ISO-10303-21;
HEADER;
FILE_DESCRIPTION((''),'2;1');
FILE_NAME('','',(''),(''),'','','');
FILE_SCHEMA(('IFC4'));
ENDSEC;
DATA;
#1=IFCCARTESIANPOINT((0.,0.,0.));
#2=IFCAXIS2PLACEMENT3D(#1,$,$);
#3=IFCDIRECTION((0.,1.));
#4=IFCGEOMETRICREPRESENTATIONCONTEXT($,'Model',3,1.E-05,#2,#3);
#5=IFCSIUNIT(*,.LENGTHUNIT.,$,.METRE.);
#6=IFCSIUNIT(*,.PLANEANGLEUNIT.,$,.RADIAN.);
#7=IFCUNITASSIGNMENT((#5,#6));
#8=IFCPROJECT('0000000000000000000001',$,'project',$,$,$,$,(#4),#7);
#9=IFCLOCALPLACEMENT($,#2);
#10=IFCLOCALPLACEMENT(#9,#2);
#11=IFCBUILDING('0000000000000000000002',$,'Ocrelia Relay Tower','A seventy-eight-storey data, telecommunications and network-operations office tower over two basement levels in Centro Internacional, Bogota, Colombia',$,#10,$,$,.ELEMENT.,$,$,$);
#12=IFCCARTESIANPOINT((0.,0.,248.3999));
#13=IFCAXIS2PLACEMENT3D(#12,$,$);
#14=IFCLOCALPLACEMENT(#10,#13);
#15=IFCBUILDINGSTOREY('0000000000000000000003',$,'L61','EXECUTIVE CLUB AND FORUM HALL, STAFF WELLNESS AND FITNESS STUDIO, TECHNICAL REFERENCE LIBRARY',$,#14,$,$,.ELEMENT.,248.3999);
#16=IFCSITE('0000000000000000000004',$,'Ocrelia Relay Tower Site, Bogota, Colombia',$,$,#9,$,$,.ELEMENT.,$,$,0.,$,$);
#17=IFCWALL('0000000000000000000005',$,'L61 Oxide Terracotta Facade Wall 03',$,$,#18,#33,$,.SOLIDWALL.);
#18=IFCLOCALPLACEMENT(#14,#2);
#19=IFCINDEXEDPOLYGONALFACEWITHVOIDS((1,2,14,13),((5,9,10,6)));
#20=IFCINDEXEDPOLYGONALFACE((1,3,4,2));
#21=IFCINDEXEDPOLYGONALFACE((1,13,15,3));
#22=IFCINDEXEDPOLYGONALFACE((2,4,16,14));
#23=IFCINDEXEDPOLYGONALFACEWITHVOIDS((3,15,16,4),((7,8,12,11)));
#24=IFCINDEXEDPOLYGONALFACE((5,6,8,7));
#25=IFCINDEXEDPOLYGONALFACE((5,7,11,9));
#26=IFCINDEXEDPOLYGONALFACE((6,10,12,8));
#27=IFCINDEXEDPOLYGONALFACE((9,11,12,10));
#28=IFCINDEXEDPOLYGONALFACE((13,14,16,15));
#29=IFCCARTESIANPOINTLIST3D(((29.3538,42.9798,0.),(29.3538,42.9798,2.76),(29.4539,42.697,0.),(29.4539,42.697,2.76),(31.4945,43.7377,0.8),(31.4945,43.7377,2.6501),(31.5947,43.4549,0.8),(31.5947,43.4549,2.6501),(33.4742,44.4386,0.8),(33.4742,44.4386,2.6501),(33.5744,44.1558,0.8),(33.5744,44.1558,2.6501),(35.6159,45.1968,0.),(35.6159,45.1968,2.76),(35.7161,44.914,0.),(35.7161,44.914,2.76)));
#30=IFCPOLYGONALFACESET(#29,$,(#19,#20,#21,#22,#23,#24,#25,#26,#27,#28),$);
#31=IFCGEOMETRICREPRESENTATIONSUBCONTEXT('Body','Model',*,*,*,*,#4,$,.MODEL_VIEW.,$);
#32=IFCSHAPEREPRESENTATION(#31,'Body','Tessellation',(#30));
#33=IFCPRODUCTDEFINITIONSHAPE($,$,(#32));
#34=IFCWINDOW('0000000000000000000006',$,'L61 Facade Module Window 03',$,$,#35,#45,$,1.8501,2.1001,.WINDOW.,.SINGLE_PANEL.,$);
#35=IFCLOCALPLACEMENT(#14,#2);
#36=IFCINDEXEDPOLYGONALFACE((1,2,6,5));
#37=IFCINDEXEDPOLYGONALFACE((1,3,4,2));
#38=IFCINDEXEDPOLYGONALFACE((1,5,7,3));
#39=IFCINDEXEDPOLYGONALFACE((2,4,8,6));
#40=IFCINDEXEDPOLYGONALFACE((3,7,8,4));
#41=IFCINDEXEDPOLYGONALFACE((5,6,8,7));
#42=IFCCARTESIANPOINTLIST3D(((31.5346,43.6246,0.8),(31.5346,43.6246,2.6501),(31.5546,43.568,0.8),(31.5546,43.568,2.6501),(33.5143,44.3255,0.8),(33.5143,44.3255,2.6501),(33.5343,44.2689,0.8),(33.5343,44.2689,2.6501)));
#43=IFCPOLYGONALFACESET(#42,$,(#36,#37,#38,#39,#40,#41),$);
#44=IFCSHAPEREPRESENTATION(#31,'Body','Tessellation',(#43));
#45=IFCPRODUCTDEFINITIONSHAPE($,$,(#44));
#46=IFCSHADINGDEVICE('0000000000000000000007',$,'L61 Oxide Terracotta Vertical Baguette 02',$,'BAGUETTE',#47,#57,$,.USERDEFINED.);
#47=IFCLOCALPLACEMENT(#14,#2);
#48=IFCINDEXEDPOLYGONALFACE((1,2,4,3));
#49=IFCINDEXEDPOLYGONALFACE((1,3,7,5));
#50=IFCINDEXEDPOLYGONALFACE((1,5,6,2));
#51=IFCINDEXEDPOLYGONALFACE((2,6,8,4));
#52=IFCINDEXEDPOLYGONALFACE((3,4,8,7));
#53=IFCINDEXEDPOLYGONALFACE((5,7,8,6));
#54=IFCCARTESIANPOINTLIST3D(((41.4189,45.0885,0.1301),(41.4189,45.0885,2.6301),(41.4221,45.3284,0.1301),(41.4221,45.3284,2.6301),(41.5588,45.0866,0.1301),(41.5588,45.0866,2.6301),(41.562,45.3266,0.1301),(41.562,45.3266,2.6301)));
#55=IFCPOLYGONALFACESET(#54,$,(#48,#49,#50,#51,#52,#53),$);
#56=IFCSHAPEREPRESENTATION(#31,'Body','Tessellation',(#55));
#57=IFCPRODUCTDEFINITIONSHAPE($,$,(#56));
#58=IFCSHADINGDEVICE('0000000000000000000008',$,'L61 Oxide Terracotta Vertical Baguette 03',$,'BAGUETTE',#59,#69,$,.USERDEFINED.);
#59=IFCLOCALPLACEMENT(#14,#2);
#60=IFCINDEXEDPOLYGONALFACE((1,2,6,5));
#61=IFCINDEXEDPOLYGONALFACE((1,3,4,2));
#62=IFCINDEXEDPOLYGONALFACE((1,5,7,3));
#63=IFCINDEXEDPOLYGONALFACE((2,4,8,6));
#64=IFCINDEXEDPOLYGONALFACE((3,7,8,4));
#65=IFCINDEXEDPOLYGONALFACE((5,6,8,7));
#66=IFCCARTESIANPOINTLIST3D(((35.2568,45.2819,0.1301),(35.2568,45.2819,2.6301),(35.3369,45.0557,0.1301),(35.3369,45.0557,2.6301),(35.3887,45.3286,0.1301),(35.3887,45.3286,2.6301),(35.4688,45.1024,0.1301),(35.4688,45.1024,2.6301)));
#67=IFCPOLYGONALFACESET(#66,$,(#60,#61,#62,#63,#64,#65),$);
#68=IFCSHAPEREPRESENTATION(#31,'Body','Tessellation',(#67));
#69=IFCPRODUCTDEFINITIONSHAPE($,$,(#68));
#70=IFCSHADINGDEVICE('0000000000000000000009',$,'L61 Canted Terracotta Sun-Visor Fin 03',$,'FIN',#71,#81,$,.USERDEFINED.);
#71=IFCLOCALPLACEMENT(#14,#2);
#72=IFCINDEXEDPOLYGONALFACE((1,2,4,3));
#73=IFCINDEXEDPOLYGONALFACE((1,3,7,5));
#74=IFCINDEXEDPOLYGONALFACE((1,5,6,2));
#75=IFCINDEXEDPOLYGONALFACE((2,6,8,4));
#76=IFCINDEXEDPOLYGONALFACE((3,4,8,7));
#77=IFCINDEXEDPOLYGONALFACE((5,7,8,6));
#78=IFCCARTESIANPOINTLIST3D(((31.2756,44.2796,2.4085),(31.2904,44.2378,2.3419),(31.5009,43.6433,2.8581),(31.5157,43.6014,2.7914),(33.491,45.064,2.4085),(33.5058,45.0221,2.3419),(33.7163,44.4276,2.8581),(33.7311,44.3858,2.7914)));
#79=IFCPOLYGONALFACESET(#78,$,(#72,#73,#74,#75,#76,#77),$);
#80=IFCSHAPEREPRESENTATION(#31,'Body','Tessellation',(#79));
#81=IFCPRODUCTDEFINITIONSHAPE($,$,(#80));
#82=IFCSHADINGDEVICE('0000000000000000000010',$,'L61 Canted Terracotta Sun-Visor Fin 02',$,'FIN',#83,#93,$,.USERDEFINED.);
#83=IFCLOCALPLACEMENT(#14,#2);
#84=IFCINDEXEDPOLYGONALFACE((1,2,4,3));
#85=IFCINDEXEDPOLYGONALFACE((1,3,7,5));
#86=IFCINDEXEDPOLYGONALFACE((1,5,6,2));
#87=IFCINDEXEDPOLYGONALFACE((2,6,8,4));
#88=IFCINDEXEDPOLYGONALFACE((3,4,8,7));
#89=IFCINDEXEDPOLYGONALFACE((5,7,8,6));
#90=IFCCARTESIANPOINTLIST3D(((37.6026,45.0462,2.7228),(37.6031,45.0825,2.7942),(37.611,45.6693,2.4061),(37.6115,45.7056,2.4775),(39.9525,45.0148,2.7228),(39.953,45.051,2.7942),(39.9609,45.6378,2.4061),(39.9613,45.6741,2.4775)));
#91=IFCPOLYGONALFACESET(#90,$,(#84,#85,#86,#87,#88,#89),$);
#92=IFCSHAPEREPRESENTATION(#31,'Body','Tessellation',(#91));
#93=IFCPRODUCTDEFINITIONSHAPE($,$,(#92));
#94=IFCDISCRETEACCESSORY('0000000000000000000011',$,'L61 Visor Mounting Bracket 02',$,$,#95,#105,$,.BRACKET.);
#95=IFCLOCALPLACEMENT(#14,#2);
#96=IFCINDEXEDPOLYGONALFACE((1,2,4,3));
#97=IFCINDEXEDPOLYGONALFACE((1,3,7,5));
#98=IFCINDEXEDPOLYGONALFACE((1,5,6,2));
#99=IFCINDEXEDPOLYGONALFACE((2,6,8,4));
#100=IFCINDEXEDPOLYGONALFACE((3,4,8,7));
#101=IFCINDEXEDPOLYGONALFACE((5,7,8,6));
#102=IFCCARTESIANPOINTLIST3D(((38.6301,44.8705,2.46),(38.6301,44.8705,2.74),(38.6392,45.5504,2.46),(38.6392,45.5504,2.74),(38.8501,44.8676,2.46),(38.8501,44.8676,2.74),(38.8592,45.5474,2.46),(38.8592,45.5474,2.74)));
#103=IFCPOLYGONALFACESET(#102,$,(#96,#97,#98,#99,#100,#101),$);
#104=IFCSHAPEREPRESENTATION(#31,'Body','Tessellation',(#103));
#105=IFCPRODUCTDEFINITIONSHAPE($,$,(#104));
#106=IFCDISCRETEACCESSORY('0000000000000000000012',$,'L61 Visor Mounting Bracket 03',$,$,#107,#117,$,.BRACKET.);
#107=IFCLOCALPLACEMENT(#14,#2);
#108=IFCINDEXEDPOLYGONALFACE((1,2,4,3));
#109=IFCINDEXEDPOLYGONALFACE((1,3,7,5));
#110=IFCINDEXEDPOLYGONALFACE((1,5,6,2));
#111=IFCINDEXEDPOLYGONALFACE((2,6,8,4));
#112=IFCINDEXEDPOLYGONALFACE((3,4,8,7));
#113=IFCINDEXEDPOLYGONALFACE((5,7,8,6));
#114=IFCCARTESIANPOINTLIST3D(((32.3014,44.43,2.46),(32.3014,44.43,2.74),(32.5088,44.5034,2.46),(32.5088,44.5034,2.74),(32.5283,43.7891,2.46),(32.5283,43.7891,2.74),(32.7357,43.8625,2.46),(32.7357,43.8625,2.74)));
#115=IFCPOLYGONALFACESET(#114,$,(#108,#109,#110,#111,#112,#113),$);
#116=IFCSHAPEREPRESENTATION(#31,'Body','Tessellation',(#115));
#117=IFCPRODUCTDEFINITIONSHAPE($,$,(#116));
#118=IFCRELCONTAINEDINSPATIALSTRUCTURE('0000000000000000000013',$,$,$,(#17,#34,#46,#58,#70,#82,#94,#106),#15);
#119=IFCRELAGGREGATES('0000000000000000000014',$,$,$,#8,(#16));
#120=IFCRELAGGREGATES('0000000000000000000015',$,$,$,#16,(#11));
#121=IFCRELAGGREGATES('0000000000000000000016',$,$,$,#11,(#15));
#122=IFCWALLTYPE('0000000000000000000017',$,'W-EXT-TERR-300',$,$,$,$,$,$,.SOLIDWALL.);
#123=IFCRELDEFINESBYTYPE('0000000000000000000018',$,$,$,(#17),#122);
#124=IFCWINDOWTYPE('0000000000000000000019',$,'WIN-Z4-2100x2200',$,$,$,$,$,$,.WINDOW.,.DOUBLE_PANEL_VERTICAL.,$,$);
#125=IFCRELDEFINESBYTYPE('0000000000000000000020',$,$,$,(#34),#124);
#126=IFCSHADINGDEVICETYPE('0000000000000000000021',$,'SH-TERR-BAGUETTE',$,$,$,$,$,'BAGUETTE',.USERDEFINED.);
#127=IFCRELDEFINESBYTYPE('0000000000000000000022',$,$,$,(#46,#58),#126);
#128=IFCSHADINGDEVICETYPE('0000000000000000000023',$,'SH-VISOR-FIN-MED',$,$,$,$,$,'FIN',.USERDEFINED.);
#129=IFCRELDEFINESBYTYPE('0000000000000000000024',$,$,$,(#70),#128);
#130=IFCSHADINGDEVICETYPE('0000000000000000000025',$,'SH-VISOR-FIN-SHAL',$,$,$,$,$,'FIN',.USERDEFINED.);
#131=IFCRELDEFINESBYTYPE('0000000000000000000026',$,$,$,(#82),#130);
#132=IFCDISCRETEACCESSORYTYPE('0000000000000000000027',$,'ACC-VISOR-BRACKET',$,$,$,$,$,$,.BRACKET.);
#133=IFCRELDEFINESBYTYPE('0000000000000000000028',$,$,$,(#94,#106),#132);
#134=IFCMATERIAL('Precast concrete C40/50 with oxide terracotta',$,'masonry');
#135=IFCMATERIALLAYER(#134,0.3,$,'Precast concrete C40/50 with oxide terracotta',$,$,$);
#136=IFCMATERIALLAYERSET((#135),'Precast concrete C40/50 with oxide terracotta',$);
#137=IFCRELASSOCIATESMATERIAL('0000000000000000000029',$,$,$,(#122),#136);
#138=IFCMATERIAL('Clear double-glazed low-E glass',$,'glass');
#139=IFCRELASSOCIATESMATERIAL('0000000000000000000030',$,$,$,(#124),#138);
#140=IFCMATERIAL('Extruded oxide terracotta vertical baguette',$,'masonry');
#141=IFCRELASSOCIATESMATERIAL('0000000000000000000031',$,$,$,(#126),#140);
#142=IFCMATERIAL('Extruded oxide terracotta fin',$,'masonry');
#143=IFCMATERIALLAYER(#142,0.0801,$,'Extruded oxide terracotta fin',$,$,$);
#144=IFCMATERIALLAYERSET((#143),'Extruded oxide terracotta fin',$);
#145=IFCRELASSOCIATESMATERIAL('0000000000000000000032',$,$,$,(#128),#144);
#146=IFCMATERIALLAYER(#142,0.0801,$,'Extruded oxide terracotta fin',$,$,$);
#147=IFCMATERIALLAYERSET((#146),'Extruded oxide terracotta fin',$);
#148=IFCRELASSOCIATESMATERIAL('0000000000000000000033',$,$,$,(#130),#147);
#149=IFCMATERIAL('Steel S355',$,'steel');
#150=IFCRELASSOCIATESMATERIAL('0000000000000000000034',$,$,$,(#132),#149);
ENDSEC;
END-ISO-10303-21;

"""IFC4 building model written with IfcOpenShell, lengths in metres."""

from ifc_helpers import new_model, si_unit, direction, frame, frame_2d, origin, origin_2d, place, context, subcontext, project, spatial, rectangle, extrude, material, layer, layer_set, type_object, element, fill, save


model = new_model("IFC4")

# Units and contexts
model_context = context("Model", 3, precision=1e-05, world=origin(), true_north=direction((0.0, 1.0)))
body_context = subcontext(model_context, "Body", "Model", "MODEL_VIEW")
ifc_project = project(units=[si_unit("LENGTHUNIT", "METRE"), si_unit("PLANEANGLEUNIT", "RADIAN")], contexts=[model_context])

# Site, building, storey
site_placement = place(None, origin())
site = spatial("IfcSite", under=ifc_project, at=site_placement, Name="Ocrelia Relay Tower Site, Bogota, Colombia", CompositionType="ELEMENT", RefElevation=0.0)
building_placement = place(site_placement, origin())
building = spatial("IfcBuilding", under=site, at=building_placement, Name="Ocrelia Relay Tower", Description="A seventy-eight-storey data, telecommunications and network-operations office tower over two basement levels in Centro Internacional, Bogota, Colombia", CompositionType="ELEMENT")
storey_placement = place(building_placement, frame((0.0, 0.0, 248.3999)))
storey = spatial("IfcBuildingStorey", under=building, at=storey_placement, Name="L61", Description="EXECUTIVE CLUB AND FORUM HALL, STAFF WELLNESS AND FITNESS STUDIO, TECHNICAL REFERENCE LIBRARY", CompositionType="ELEMENT", Elevation=248.3999)

# Shared definitions
ifc_material_1 = material(Name="Steel S355", Category="steel")

# Shared definitions
ifc_material_2 = material(Name="Clear double-glazed low-E glass", Category="glass")

# Wall, opening, window
ifc_material_3 = material(Name="Precast concrete C40/50 with oxide terracotta", Category="masonry")
ifc_layer_1 = layer(ifc_material_3, 0.3, Name="Precast concrete C40/50 with oxide terracotta")
ifc_layer_set_1 = layer_set([ifc_layer_1], Name="Precast concrete C40/50 with oxide terracotta")
wall_type_1 = type_object("IfcWallType", Name="W-EXT-TERR-300", PredefinedType="SOLIDWALL", material=ifc_layer_set_1)
window_type = type_object("IfcWindowType", Name="WIN-Z4-2100x2200", PartitioningType="DOUBLE_PANEL_VERTICAL", PredefinedType="WINDOW", material=ifc_material_2)
wall_1_placement = place(storey_placement, frame((35.666, 45.0554, 0.0), z_axis=(0.0, 0.0, 1.0), x_axis=(-0.942666, -0.333737, 0.0)))
wall_1 = element("IfcWall", 1, at=wall_1_placement, inside=storey, type_object=wall_type_1, Name="L61 Oxide Terracotta Facade Wall 03", PredefinedType="SOLIDWALL", context=body_context, shape_type="SweptSolid", body=[
    extrude(rectangle(XDim=6.6431, YDim=0.3, at=frame_2d((3.3215, 0.0))), origin(), (0.0, 0.0, 1.0), 2.76),
])
opening_1_placement = place(wall_1_placement, frame((2.272, 0.0, 0.8)))
opening_1 = element("IfcOpeningElement", 2, at=opening_1_placement, cuts=wall_1, PredefinedType="OPENING", context=body_context, shape_type="SweptSolid", body=[
    extrude(rectangle(XDim=2.1001, YDim=1.8501, at=frame_2d((1.05, 0.925))), frame((0.0, 0.1602, 0.0), z_axis=(0.0, -1.0, 0.0), x_axis=(1.0, 0.0, 0.0)), (0.0, 0.0, 1.0), 0.3201),
])
window_1_placement = place(opening_1_placement, origin())
window_1 = element("IfcWindow", 3, at=window_1_placement, inside=storey, type_object=window_type, Name="L61 Facade Module Window 03", OverallHeight=1.8501, OverallWidth=2.1001, PartitioningType="SINGLE_PANEL", PredefinedType="WINDOW", context=body_context, shape_type="SweptSolid", body=[
    extrude(rectangle(XDim=2.1001, YDim=1.8501, at=frame_2d((1.05, 0.925))), frame((0.0, 0.03, 0.0), z_axis=(0.0, -1.0, 0.0), x_axis=(1.0, 0.0, 0.0)), (0.0, 0.0, 1.0), 0.0601),
])
fill(opening_1, window_1)

# Shading devices
ifc_material_4 = material(Name="Extruded oxide terracotta vertical baguette", Category="masonry")
shading_device_type_1 = type_object("IfcShadingDeviceType", Name="SH-TERR-BAGUETTE", ElementType="BAGUETTE", PredefinedType="USERDEFINED", material=ifc_material_4)
for number, where, z_axis, x_axis, name in (
    (4, (41.4905, 45.2075, 0.1301), (0.0, 0.0, 1.0), (-0.99991, 0.013395, 0.0), "L61 Oxide Terracotta Vertical Baguette 02"),
    (5, (35.3628, 45.1921, 0.1301), (0.0, 0.0, 1.0), (-0.942663, -0.333745, 0.0), "L61 Oxide Terracotta Vertical Baguette 03"),
):
    element("IfcShadingDevice", number, at=place(storey_placement, frame(where, z_axis=z_axis, x_axis=x_axis)), inside=storey, type_object=shading_device_type_1, Name=name, ObjectType="BAGUETTE", PredefinedType="USERDEFINED", context=body_context, shape_type="SweptSolid", body=[
        extrude(rectangle(XDim=0.1399, YDim=0.24, at=origin_2d()), origin(), (0.0, 0.0, 1.0), 2.5),
    ])
ifc_material_5 = material(Name="Extruded oxide terracotta fin", Category="masonry")
ifc_layer_2 = layer(ifc_material_5, 0.0801, Name="Extruded oxide terracotta fin")
ifc_layer_set_2 = layer_set([ifc_layer_2], Name="Extruded oxide terracotta fin")
shading_device_type_2 = type_object("IfcShadingDeviceType", Name="SH-VISOR-FIN-MED", ElementType="FIN", PredefinedType="USERDEFINED", material=ifc_layer_set_2)
shading_device_1_placement = place(storey_placement, frame((32.5107, 44.3118, 2.5667), z_axis=(-0.184983, 0.522484, 0.832341), x_axis=(-0.942663, -0.333745, 0.0)))
element("IfcShadingDevice", 6, at=shading_device_1_placement, inside=storey, type_object=shading_device_type_2, Name="L61 Canted Terracotta Sun-Visor Fin 03", ObjectType="FIN", PredefinedType="USERDEFINED", context=body_context, shape_type="SweptSolid", body=[
    extrude(rectangle(XDim=2.3501, YDim=0.811, at=origin_2d()), origin(), (0.0, 0.0, 1.0), 0.0801),
])
ifc_layer_3 = layer(ifc_material_5, 0.0801, Name="Extruded oxide terracotta fin")
ifc_layer_set_3 = layer_set([ifc_layer_3], Name="Extruded oxide terracotta fin")
shading_device_type_3 = type_object("IfcShadingDeviceType", Name="SH-VISOR-FIN-SHAL", ElementType="FIN", PredefinedType="USERDEFINED", material=ifc_layer_set_3)
shading_device_2_placement = place(storey_placement, frame((38.7817, 45.342, 2.5645), z_axis=(0.006069, 0.453017, 0.891481), x_axis=(-0.99991, 0.013395, 0.0)))
element("IfcShadingDevice", 7, at=shading_device_2_placement, inside=storey, type_object=shading_device_type_3, Name="L61 Canted Terracotta Sun-Visor Fin 02", ObjectType="FIN", PredefinedType="USERDEFINED", context=body_context, shape_type="SweptSolid", body=[
    extrude(rectangle(XDim=2.3501, YDim=0.699, at=origin_2d()), origin(), (0.0, 0.0, 1.0), 0.0801),
])

# Discrete accessories
discrete_accessory_type = type_object("IfcDiscreteAccessoryType", Name="ACC-VISOR-BRACKET", PredefinedType="BRACKET", material=ifc_material_1)
for number, where, z_axis, x_axis, name in (
    (8, (38.7446, 45.209, 2.46), (0.0, 0.0, 1.0), (-0.99991, 0.013395, 0.0), "L61 Visor Mounting Bracket 02"),
    (9, (32.5186, 44.1462, 2.46), (0.0, 0.0, 1.0), (-0.942663, -0.333745, 0.0), "L61 Visor Mounting Bracket 03"),
):
    element("IfcDiscreteAccessory", number, at=place(storey_placement, frame(where, z_axis=z_axis, x_axis=x_axis)), inside=storey, type_object=discrete_accessory_type, Name=name, PredefinedType="BRACKET", context=body_context, shape_type="SweptSolid", body=[
        extrude(rectangle(XDim=0.22, YDim=0.6799, at=origin_2d()), origin(), (0.0, 0.0, 1.0), 0.28),
    ])

save(model, "model.ifc")
